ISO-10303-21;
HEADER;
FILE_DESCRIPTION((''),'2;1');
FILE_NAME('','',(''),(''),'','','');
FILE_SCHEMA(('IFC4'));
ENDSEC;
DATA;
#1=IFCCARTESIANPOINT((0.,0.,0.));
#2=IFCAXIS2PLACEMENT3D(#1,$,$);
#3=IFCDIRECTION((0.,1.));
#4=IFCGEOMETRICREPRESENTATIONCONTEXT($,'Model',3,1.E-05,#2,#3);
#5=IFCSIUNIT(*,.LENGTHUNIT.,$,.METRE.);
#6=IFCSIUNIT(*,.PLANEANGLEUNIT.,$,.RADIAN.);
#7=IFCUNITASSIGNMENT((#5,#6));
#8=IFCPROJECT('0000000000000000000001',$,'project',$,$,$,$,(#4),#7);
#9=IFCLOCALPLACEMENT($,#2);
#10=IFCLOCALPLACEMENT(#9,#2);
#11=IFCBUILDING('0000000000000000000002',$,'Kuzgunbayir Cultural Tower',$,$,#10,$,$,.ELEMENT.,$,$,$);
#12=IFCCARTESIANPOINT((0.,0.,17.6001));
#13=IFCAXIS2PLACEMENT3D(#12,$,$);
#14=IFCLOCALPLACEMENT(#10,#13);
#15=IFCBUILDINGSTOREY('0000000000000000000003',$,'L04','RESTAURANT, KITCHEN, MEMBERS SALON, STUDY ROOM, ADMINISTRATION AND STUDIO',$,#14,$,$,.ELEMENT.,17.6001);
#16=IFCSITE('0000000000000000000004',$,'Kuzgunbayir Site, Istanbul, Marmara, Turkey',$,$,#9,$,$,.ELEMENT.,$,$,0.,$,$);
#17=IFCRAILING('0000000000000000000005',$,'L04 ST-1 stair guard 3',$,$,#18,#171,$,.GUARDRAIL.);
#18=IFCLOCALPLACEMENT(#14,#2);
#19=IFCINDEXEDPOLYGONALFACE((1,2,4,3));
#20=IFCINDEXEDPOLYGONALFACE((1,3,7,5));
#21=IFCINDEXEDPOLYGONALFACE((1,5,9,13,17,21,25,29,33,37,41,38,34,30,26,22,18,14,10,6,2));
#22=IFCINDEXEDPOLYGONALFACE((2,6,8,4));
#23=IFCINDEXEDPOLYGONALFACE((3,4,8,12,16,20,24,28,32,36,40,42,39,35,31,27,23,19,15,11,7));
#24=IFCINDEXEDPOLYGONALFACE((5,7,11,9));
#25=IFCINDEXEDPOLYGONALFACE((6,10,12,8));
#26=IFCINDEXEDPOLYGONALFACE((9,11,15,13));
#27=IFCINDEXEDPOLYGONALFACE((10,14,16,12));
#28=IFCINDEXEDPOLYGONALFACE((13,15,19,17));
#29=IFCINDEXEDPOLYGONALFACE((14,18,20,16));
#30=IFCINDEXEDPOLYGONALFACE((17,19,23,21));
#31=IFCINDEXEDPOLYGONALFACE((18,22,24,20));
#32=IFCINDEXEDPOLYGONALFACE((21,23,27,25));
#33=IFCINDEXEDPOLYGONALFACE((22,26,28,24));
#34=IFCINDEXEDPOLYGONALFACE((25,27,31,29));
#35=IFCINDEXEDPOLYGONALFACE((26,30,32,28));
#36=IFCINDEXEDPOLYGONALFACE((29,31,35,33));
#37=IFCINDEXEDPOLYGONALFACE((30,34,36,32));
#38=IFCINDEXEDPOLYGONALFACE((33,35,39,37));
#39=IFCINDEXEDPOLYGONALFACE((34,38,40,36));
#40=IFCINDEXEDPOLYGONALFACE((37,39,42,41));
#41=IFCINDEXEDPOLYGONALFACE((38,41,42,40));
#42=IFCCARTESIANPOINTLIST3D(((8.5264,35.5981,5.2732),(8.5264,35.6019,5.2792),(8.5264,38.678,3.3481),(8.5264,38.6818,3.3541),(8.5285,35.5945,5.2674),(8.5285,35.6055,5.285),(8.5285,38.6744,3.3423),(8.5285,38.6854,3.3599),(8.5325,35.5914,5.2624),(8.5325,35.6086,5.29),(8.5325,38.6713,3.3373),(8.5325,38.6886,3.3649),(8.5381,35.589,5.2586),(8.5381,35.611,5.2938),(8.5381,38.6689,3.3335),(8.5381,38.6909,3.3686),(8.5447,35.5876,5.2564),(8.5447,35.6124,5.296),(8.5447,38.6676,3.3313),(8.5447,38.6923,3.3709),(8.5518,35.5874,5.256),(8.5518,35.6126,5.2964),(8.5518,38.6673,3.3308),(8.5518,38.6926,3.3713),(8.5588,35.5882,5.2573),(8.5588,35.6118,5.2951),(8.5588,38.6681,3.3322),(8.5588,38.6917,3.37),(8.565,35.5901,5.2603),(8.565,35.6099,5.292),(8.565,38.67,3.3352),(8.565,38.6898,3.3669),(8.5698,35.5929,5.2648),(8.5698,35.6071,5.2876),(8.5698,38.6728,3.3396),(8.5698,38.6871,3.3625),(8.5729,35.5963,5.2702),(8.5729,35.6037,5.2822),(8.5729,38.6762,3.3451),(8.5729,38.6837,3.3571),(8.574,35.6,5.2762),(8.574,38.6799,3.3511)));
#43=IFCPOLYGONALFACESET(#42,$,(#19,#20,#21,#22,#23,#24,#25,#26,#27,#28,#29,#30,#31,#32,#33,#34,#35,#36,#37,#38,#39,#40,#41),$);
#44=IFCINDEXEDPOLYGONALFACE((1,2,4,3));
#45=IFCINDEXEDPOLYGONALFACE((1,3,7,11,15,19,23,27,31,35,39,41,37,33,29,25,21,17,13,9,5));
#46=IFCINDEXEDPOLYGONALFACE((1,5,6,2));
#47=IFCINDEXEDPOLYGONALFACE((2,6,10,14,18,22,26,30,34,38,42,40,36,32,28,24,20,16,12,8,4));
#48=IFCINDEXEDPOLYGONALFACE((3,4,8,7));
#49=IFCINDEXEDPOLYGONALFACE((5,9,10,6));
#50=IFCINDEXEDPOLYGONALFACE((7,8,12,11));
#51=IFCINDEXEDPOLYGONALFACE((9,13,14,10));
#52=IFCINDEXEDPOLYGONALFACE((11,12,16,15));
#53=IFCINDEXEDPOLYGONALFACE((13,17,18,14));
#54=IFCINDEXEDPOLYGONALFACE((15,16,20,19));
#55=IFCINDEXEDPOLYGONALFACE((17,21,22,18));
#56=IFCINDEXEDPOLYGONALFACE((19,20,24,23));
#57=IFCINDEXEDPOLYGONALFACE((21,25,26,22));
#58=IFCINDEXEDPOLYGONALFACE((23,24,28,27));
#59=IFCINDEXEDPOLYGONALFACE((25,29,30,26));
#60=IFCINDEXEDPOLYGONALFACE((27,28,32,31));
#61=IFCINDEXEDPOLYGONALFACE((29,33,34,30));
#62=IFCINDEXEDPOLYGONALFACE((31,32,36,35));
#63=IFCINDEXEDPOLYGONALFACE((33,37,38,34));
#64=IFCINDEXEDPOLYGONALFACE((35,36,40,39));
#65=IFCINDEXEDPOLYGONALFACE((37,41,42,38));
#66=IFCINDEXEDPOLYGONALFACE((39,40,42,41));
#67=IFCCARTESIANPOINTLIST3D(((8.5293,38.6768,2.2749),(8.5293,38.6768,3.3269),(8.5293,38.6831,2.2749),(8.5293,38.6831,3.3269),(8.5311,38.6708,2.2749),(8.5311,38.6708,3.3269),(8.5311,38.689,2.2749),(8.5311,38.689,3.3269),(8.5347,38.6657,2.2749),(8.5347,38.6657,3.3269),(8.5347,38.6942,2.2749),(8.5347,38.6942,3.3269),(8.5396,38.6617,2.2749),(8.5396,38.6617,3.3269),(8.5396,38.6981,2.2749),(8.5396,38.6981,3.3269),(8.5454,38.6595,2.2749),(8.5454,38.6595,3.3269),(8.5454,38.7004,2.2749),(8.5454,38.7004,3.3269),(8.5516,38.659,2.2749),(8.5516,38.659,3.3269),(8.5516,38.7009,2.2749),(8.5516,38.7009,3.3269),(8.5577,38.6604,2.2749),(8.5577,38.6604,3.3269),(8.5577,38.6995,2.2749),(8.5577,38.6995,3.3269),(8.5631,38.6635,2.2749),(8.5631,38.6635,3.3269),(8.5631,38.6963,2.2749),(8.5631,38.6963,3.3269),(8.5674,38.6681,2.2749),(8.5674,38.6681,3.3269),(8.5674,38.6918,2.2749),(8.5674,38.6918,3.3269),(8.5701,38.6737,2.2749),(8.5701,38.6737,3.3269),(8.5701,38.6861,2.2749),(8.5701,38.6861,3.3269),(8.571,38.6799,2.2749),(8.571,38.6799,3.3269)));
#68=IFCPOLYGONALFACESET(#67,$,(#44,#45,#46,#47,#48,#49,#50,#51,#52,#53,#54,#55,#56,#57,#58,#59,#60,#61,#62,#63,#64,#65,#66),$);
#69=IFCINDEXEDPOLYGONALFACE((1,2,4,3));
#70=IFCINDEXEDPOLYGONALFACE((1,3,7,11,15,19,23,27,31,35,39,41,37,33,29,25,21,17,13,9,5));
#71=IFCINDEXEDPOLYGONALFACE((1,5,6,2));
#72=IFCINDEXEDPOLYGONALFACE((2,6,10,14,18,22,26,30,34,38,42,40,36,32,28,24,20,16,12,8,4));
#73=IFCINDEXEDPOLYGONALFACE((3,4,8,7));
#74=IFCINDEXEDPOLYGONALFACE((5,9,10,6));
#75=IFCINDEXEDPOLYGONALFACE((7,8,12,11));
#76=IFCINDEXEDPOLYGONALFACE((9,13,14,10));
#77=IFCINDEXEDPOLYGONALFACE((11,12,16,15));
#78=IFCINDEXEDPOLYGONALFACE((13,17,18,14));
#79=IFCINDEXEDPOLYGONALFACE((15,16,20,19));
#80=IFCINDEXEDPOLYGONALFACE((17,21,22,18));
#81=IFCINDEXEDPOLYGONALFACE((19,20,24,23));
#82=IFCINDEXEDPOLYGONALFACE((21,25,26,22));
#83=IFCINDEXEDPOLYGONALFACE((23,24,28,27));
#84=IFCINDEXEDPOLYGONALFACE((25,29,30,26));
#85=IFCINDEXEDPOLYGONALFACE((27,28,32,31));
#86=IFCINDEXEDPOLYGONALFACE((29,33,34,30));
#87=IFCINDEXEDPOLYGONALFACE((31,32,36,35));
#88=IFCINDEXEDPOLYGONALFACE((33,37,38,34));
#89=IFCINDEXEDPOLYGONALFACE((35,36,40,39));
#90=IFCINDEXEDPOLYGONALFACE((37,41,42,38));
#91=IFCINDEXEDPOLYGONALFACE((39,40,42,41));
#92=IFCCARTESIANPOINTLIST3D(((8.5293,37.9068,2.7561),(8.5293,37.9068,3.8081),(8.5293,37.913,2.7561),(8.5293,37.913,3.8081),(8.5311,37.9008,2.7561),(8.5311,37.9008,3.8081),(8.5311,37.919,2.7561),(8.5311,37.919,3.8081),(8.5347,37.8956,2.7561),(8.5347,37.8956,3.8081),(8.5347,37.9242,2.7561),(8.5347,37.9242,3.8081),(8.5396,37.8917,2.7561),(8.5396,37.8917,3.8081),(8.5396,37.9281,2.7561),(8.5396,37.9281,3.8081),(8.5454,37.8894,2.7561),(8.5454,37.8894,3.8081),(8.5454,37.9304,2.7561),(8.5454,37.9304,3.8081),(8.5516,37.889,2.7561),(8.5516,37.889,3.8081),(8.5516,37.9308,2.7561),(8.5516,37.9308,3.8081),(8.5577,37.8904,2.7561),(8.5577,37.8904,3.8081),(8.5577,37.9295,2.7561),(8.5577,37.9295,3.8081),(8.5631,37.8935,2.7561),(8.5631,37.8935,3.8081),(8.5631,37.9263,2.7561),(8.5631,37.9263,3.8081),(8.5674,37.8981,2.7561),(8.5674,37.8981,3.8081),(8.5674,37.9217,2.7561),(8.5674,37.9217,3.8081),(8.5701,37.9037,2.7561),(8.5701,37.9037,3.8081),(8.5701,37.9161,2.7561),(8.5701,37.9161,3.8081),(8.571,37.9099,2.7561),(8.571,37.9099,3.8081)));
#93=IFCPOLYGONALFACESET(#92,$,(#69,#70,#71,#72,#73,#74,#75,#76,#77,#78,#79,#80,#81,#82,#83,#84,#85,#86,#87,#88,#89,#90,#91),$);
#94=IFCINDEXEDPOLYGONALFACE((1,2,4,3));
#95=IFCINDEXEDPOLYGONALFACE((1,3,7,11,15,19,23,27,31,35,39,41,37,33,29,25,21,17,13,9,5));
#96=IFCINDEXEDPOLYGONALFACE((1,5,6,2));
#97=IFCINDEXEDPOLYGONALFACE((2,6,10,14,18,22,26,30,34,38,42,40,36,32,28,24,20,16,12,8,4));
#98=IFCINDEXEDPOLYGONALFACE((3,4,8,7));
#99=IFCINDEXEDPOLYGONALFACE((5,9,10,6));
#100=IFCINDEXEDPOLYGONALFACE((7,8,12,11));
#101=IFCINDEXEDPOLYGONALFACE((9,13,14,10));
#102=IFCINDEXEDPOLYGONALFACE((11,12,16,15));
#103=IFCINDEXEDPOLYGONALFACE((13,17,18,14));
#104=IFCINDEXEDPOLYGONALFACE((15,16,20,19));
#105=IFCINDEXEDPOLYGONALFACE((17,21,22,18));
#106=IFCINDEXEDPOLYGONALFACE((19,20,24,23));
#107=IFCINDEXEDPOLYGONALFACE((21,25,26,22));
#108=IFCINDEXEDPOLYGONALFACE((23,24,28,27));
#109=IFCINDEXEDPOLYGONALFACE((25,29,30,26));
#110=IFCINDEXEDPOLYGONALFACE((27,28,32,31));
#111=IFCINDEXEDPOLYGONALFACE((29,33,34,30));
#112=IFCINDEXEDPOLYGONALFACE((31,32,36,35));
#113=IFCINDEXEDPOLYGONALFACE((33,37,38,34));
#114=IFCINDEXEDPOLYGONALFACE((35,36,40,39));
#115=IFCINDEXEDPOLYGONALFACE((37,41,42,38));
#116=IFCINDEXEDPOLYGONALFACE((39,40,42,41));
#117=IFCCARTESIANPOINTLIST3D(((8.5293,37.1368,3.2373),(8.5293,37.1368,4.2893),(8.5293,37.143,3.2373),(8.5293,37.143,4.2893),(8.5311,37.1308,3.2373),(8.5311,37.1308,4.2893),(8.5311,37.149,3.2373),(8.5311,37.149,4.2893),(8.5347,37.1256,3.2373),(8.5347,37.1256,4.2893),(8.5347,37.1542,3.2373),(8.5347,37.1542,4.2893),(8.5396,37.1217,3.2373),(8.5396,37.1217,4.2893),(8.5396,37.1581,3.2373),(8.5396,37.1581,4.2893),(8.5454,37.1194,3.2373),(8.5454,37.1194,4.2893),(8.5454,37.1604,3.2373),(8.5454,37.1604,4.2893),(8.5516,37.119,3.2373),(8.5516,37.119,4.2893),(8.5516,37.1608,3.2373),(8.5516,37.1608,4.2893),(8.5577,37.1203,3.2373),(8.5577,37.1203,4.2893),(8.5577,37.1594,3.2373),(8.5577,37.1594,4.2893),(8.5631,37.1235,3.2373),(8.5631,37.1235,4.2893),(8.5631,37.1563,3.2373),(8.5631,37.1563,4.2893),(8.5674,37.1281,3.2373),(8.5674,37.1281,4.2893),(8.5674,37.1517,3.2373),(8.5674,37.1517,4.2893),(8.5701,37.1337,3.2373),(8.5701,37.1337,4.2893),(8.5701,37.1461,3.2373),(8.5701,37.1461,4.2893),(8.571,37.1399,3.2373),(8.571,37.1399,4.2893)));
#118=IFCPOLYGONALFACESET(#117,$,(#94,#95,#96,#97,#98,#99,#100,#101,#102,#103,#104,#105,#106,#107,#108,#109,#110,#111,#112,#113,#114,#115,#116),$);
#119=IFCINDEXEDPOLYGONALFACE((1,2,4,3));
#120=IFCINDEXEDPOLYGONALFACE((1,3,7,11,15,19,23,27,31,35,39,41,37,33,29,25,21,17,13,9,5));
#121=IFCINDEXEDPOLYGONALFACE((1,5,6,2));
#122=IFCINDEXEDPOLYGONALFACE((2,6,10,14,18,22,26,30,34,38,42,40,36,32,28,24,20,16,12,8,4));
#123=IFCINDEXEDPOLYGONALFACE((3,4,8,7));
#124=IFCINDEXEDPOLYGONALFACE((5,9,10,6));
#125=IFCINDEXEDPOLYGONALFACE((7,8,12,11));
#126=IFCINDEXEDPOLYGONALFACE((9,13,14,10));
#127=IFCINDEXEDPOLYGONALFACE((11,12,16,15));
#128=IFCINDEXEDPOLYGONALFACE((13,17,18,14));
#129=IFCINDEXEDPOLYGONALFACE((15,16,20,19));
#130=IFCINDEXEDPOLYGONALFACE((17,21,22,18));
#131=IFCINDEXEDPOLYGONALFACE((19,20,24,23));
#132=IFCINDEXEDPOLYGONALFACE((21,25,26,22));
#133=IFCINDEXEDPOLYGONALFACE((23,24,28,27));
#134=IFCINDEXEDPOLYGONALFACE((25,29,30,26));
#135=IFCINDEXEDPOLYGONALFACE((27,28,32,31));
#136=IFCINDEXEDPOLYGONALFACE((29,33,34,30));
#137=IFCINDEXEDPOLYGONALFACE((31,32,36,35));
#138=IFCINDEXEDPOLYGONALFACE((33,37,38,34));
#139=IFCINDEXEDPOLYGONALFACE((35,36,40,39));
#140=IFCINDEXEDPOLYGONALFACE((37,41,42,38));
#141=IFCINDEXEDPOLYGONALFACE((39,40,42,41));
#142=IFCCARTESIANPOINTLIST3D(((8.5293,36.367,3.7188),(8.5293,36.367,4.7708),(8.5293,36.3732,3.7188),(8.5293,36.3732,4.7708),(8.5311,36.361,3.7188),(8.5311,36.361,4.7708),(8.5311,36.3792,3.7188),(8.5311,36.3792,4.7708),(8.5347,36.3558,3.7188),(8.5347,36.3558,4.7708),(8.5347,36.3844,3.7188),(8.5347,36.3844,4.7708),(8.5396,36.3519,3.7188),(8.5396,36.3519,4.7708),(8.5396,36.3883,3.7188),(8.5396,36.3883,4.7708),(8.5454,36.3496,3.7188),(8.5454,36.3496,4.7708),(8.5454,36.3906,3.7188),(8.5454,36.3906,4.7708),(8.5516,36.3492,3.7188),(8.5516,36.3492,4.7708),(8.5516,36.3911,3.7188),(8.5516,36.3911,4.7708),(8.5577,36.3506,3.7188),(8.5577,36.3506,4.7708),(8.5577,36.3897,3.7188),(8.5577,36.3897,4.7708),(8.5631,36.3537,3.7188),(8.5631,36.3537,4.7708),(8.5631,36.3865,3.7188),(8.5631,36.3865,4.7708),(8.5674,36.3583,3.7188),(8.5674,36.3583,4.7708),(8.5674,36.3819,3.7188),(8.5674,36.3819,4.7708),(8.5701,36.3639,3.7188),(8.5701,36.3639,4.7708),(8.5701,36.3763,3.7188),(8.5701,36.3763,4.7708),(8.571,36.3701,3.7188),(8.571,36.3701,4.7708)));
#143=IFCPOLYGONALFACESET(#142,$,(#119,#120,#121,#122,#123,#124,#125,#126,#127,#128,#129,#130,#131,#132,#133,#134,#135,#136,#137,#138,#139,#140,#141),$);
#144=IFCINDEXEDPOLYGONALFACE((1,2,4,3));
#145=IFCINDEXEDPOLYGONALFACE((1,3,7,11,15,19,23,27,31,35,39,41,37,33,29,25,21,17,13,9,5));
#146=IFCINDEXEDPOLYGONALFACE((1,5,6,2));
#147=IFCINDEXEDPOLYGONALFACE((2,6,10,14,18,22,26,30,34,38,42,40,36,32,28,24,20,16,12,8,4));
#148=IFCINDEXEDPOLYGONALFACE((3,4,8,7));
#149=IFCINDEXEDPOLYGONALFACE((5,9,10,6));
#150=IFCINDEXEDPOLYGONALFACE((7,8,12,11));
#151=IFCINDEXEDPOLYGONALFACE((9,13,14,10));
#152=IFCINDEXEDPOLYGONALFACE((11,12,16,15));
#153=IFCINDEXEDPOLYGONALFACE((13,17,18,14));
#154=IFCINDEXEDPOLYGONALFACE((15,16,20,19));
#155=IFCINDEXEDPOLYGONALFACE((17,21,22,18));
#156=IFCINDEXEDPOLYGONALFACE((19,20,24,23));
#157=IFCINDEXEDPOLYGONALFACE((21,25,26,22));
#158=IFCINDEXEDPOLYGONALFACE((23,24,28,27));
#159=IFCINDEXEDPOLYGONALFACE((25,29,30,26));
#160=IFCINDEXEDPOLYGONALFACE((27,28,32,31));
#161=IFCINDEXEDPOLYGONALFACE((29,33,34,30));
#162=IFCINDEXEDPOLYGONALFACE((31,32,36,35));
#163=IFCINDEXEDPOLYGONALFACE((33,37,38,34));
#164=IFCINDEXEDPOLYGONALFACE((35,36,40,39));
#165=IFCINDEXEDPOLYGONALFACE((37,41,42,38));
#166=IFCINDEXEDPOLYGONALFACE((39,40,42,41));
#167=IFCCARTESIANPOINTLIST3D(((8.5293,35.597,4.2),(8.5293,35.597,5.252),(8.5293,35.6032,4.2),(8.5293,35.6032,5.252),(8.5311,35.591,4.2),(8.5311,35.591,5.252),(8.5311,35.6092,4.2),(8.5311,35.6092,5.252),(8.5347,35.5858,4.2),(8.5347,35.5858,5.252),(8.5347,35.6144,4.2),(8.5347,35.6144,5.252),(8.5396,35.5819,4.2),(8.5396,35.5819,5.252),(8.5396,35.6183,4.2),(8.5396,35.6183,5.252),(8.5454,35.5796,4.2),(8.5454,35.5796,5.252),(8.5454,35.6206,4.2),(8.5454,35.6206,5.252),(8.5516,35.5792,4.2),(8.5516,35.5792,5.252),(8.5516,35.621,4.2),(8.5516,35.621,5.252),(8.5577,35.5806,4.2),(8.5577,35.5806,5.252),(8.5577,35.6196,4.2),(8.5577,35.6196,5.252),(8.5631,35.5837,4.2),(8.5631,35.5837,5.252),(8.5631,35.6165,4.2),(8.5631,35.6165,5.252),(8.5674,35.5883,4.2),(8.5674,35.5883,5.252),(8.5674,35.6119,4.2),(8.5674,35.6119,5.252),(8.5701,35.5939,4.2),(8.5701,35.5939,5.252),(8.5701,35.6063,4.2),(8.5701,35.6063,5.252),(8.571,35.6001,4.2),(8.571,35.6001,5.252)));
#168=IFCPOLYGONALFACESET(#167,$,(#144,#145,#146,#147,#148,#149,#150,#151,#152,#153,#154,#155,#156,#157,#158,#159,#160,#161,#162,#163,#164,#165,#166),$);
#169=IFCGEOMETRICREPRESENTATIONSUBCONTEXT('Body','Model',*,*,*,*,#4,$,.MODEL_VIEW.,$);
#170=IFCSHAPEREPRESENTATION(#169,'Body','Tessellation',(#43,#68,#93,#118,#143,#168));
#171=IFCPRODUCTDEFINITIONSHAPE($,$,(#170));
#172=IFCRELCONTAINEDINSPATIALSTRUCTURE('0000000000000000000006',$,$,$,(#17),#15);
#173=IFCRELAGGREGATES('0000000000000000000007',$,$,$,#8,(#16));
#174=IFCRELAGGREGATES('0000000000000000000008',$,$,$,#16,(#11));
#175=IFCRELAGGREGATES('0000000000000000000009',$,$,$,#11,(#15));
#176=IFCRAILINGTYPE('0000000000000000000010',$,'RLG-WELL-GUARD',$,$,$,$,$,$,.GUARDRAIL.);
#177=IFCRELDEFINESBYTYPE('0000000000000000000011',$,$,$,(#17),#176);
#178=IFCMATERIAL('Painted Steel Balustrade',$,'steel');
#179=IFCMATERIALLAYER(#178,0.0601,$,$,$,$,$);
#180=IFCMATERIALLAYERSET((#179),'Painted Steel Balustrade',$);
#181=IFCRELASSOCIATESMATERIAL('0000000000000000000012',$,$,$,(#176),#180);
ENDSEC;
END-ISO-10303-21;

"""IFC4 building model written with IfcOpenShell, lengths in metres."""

from ifc_helpers import new_model, si_unit, direction, frame, origin, origin_2d, place, context, subcontext, project, spatial, circle, extrude, material, layer, layer_set, type_object, element, save


model = new_model("IFC4")

# Units and contexts
model_context = context("Model", 3, precision=1e-05, world=origin(), true_north=direction((0.0, 1.0)))
body_context = subcontext(model_context, "Body", "Model", "MODEL_VIEW")
ifc_project = project(units=[si_unit("LENGTHUNIT", "METRE"), si_unit("PLANEANGLEUNIT", "RADIAN")], contexts=[model_context])

# Site, building, storey
site_placement = place(None, origin())
site = spatial("IfcSite", under=ifc_project, at=site_placement, Name="Kuzgunbayir Site, Istanbul, Marmara, Turkey", CompositionType="ELEMENT", RefElevation=0.0)
building_placement = place(site_placement, origin())
building = spatial("IfcBuilding", under=site, at=building_placement, Name="Kuzgunbayir Cultural Tower", CompositionType="ELEMENT")
storey_placement = place(building_placement, frame((0.0, 0.0, 17.6001)))
storey = spatial("IfcBuildingStorey", under=building, at=storey_placement, Name="L04", Description="RESTAURANT, KITCHEN, MEMBERS SALON, STUDY ROOM, ADMINISTRATION AND STUDIO", CompositionType="ELEMENT", Elevation=17.6001)

# Railing
ifc_material_1 = material(Name="Painted Steel Balustrade", Category="steel")
ifc_layer_1 = layer(ifc_material_1, 0.0601)
ifc_layer_set_1 = layer_set([ifc_layer_1], Name="Painted Steel Balustrade")
railing_type_1 = type_object("IfcRailingType", Name="RLG-WELL-GUARD", PredefinedType="GUARDRAIL", material=ifc_layer_set_1)
railing_1_placement = place(storey_placement, frame((8.55, 38.6799, 2.2749)))
element("IfcRailing", 1, at=railing_1_placement, inside=storey, type_object=railing_type_1, Name="L04 ST-1 stair guard 3", PredefinedType="GUARDRAIL", context=body_context, shape_type="SweptSolid", body=[
    extrude(circle(Radius=0.0239, at=origin_2d()), frame((0.0, 0.0, 1.0762), z_axis=(0.0, -0.847979, 0.530029), x_axis=(1.0, 0.0, 0.0)), (0.0, 0.0, 1.0), 3.6321),
    extrude(circle(Radius=0.021, at=origin_2d()), origin(), (0.0, 0.0, 1.0), 1.052),
    extrude(circle(Radius=0.021, at=origin_2d()), frame((0.0, -0.77, 0.4812)), (0.0, 0.0, 1.0), 1.052),
    extrude(circle(Radius=0.021, at=origin_2d()), frame((0.0, -1.54, 0.9624)), (0.0, 0.0, 1.0), 1.052),
    extrude(circle(Radius=0.021, at=origin_2d()), frame((0.0, -2.3098, 1.4438)), (0.0, 0.0, 1.0), 1.052),
    extrude(circle(Radius=0.021, at=origin_2d()), frame((0.0, -3.0798, 1.925)), (0.0, 0.0, 1.0), 1.052),
])

save(model, "model.ifc")
